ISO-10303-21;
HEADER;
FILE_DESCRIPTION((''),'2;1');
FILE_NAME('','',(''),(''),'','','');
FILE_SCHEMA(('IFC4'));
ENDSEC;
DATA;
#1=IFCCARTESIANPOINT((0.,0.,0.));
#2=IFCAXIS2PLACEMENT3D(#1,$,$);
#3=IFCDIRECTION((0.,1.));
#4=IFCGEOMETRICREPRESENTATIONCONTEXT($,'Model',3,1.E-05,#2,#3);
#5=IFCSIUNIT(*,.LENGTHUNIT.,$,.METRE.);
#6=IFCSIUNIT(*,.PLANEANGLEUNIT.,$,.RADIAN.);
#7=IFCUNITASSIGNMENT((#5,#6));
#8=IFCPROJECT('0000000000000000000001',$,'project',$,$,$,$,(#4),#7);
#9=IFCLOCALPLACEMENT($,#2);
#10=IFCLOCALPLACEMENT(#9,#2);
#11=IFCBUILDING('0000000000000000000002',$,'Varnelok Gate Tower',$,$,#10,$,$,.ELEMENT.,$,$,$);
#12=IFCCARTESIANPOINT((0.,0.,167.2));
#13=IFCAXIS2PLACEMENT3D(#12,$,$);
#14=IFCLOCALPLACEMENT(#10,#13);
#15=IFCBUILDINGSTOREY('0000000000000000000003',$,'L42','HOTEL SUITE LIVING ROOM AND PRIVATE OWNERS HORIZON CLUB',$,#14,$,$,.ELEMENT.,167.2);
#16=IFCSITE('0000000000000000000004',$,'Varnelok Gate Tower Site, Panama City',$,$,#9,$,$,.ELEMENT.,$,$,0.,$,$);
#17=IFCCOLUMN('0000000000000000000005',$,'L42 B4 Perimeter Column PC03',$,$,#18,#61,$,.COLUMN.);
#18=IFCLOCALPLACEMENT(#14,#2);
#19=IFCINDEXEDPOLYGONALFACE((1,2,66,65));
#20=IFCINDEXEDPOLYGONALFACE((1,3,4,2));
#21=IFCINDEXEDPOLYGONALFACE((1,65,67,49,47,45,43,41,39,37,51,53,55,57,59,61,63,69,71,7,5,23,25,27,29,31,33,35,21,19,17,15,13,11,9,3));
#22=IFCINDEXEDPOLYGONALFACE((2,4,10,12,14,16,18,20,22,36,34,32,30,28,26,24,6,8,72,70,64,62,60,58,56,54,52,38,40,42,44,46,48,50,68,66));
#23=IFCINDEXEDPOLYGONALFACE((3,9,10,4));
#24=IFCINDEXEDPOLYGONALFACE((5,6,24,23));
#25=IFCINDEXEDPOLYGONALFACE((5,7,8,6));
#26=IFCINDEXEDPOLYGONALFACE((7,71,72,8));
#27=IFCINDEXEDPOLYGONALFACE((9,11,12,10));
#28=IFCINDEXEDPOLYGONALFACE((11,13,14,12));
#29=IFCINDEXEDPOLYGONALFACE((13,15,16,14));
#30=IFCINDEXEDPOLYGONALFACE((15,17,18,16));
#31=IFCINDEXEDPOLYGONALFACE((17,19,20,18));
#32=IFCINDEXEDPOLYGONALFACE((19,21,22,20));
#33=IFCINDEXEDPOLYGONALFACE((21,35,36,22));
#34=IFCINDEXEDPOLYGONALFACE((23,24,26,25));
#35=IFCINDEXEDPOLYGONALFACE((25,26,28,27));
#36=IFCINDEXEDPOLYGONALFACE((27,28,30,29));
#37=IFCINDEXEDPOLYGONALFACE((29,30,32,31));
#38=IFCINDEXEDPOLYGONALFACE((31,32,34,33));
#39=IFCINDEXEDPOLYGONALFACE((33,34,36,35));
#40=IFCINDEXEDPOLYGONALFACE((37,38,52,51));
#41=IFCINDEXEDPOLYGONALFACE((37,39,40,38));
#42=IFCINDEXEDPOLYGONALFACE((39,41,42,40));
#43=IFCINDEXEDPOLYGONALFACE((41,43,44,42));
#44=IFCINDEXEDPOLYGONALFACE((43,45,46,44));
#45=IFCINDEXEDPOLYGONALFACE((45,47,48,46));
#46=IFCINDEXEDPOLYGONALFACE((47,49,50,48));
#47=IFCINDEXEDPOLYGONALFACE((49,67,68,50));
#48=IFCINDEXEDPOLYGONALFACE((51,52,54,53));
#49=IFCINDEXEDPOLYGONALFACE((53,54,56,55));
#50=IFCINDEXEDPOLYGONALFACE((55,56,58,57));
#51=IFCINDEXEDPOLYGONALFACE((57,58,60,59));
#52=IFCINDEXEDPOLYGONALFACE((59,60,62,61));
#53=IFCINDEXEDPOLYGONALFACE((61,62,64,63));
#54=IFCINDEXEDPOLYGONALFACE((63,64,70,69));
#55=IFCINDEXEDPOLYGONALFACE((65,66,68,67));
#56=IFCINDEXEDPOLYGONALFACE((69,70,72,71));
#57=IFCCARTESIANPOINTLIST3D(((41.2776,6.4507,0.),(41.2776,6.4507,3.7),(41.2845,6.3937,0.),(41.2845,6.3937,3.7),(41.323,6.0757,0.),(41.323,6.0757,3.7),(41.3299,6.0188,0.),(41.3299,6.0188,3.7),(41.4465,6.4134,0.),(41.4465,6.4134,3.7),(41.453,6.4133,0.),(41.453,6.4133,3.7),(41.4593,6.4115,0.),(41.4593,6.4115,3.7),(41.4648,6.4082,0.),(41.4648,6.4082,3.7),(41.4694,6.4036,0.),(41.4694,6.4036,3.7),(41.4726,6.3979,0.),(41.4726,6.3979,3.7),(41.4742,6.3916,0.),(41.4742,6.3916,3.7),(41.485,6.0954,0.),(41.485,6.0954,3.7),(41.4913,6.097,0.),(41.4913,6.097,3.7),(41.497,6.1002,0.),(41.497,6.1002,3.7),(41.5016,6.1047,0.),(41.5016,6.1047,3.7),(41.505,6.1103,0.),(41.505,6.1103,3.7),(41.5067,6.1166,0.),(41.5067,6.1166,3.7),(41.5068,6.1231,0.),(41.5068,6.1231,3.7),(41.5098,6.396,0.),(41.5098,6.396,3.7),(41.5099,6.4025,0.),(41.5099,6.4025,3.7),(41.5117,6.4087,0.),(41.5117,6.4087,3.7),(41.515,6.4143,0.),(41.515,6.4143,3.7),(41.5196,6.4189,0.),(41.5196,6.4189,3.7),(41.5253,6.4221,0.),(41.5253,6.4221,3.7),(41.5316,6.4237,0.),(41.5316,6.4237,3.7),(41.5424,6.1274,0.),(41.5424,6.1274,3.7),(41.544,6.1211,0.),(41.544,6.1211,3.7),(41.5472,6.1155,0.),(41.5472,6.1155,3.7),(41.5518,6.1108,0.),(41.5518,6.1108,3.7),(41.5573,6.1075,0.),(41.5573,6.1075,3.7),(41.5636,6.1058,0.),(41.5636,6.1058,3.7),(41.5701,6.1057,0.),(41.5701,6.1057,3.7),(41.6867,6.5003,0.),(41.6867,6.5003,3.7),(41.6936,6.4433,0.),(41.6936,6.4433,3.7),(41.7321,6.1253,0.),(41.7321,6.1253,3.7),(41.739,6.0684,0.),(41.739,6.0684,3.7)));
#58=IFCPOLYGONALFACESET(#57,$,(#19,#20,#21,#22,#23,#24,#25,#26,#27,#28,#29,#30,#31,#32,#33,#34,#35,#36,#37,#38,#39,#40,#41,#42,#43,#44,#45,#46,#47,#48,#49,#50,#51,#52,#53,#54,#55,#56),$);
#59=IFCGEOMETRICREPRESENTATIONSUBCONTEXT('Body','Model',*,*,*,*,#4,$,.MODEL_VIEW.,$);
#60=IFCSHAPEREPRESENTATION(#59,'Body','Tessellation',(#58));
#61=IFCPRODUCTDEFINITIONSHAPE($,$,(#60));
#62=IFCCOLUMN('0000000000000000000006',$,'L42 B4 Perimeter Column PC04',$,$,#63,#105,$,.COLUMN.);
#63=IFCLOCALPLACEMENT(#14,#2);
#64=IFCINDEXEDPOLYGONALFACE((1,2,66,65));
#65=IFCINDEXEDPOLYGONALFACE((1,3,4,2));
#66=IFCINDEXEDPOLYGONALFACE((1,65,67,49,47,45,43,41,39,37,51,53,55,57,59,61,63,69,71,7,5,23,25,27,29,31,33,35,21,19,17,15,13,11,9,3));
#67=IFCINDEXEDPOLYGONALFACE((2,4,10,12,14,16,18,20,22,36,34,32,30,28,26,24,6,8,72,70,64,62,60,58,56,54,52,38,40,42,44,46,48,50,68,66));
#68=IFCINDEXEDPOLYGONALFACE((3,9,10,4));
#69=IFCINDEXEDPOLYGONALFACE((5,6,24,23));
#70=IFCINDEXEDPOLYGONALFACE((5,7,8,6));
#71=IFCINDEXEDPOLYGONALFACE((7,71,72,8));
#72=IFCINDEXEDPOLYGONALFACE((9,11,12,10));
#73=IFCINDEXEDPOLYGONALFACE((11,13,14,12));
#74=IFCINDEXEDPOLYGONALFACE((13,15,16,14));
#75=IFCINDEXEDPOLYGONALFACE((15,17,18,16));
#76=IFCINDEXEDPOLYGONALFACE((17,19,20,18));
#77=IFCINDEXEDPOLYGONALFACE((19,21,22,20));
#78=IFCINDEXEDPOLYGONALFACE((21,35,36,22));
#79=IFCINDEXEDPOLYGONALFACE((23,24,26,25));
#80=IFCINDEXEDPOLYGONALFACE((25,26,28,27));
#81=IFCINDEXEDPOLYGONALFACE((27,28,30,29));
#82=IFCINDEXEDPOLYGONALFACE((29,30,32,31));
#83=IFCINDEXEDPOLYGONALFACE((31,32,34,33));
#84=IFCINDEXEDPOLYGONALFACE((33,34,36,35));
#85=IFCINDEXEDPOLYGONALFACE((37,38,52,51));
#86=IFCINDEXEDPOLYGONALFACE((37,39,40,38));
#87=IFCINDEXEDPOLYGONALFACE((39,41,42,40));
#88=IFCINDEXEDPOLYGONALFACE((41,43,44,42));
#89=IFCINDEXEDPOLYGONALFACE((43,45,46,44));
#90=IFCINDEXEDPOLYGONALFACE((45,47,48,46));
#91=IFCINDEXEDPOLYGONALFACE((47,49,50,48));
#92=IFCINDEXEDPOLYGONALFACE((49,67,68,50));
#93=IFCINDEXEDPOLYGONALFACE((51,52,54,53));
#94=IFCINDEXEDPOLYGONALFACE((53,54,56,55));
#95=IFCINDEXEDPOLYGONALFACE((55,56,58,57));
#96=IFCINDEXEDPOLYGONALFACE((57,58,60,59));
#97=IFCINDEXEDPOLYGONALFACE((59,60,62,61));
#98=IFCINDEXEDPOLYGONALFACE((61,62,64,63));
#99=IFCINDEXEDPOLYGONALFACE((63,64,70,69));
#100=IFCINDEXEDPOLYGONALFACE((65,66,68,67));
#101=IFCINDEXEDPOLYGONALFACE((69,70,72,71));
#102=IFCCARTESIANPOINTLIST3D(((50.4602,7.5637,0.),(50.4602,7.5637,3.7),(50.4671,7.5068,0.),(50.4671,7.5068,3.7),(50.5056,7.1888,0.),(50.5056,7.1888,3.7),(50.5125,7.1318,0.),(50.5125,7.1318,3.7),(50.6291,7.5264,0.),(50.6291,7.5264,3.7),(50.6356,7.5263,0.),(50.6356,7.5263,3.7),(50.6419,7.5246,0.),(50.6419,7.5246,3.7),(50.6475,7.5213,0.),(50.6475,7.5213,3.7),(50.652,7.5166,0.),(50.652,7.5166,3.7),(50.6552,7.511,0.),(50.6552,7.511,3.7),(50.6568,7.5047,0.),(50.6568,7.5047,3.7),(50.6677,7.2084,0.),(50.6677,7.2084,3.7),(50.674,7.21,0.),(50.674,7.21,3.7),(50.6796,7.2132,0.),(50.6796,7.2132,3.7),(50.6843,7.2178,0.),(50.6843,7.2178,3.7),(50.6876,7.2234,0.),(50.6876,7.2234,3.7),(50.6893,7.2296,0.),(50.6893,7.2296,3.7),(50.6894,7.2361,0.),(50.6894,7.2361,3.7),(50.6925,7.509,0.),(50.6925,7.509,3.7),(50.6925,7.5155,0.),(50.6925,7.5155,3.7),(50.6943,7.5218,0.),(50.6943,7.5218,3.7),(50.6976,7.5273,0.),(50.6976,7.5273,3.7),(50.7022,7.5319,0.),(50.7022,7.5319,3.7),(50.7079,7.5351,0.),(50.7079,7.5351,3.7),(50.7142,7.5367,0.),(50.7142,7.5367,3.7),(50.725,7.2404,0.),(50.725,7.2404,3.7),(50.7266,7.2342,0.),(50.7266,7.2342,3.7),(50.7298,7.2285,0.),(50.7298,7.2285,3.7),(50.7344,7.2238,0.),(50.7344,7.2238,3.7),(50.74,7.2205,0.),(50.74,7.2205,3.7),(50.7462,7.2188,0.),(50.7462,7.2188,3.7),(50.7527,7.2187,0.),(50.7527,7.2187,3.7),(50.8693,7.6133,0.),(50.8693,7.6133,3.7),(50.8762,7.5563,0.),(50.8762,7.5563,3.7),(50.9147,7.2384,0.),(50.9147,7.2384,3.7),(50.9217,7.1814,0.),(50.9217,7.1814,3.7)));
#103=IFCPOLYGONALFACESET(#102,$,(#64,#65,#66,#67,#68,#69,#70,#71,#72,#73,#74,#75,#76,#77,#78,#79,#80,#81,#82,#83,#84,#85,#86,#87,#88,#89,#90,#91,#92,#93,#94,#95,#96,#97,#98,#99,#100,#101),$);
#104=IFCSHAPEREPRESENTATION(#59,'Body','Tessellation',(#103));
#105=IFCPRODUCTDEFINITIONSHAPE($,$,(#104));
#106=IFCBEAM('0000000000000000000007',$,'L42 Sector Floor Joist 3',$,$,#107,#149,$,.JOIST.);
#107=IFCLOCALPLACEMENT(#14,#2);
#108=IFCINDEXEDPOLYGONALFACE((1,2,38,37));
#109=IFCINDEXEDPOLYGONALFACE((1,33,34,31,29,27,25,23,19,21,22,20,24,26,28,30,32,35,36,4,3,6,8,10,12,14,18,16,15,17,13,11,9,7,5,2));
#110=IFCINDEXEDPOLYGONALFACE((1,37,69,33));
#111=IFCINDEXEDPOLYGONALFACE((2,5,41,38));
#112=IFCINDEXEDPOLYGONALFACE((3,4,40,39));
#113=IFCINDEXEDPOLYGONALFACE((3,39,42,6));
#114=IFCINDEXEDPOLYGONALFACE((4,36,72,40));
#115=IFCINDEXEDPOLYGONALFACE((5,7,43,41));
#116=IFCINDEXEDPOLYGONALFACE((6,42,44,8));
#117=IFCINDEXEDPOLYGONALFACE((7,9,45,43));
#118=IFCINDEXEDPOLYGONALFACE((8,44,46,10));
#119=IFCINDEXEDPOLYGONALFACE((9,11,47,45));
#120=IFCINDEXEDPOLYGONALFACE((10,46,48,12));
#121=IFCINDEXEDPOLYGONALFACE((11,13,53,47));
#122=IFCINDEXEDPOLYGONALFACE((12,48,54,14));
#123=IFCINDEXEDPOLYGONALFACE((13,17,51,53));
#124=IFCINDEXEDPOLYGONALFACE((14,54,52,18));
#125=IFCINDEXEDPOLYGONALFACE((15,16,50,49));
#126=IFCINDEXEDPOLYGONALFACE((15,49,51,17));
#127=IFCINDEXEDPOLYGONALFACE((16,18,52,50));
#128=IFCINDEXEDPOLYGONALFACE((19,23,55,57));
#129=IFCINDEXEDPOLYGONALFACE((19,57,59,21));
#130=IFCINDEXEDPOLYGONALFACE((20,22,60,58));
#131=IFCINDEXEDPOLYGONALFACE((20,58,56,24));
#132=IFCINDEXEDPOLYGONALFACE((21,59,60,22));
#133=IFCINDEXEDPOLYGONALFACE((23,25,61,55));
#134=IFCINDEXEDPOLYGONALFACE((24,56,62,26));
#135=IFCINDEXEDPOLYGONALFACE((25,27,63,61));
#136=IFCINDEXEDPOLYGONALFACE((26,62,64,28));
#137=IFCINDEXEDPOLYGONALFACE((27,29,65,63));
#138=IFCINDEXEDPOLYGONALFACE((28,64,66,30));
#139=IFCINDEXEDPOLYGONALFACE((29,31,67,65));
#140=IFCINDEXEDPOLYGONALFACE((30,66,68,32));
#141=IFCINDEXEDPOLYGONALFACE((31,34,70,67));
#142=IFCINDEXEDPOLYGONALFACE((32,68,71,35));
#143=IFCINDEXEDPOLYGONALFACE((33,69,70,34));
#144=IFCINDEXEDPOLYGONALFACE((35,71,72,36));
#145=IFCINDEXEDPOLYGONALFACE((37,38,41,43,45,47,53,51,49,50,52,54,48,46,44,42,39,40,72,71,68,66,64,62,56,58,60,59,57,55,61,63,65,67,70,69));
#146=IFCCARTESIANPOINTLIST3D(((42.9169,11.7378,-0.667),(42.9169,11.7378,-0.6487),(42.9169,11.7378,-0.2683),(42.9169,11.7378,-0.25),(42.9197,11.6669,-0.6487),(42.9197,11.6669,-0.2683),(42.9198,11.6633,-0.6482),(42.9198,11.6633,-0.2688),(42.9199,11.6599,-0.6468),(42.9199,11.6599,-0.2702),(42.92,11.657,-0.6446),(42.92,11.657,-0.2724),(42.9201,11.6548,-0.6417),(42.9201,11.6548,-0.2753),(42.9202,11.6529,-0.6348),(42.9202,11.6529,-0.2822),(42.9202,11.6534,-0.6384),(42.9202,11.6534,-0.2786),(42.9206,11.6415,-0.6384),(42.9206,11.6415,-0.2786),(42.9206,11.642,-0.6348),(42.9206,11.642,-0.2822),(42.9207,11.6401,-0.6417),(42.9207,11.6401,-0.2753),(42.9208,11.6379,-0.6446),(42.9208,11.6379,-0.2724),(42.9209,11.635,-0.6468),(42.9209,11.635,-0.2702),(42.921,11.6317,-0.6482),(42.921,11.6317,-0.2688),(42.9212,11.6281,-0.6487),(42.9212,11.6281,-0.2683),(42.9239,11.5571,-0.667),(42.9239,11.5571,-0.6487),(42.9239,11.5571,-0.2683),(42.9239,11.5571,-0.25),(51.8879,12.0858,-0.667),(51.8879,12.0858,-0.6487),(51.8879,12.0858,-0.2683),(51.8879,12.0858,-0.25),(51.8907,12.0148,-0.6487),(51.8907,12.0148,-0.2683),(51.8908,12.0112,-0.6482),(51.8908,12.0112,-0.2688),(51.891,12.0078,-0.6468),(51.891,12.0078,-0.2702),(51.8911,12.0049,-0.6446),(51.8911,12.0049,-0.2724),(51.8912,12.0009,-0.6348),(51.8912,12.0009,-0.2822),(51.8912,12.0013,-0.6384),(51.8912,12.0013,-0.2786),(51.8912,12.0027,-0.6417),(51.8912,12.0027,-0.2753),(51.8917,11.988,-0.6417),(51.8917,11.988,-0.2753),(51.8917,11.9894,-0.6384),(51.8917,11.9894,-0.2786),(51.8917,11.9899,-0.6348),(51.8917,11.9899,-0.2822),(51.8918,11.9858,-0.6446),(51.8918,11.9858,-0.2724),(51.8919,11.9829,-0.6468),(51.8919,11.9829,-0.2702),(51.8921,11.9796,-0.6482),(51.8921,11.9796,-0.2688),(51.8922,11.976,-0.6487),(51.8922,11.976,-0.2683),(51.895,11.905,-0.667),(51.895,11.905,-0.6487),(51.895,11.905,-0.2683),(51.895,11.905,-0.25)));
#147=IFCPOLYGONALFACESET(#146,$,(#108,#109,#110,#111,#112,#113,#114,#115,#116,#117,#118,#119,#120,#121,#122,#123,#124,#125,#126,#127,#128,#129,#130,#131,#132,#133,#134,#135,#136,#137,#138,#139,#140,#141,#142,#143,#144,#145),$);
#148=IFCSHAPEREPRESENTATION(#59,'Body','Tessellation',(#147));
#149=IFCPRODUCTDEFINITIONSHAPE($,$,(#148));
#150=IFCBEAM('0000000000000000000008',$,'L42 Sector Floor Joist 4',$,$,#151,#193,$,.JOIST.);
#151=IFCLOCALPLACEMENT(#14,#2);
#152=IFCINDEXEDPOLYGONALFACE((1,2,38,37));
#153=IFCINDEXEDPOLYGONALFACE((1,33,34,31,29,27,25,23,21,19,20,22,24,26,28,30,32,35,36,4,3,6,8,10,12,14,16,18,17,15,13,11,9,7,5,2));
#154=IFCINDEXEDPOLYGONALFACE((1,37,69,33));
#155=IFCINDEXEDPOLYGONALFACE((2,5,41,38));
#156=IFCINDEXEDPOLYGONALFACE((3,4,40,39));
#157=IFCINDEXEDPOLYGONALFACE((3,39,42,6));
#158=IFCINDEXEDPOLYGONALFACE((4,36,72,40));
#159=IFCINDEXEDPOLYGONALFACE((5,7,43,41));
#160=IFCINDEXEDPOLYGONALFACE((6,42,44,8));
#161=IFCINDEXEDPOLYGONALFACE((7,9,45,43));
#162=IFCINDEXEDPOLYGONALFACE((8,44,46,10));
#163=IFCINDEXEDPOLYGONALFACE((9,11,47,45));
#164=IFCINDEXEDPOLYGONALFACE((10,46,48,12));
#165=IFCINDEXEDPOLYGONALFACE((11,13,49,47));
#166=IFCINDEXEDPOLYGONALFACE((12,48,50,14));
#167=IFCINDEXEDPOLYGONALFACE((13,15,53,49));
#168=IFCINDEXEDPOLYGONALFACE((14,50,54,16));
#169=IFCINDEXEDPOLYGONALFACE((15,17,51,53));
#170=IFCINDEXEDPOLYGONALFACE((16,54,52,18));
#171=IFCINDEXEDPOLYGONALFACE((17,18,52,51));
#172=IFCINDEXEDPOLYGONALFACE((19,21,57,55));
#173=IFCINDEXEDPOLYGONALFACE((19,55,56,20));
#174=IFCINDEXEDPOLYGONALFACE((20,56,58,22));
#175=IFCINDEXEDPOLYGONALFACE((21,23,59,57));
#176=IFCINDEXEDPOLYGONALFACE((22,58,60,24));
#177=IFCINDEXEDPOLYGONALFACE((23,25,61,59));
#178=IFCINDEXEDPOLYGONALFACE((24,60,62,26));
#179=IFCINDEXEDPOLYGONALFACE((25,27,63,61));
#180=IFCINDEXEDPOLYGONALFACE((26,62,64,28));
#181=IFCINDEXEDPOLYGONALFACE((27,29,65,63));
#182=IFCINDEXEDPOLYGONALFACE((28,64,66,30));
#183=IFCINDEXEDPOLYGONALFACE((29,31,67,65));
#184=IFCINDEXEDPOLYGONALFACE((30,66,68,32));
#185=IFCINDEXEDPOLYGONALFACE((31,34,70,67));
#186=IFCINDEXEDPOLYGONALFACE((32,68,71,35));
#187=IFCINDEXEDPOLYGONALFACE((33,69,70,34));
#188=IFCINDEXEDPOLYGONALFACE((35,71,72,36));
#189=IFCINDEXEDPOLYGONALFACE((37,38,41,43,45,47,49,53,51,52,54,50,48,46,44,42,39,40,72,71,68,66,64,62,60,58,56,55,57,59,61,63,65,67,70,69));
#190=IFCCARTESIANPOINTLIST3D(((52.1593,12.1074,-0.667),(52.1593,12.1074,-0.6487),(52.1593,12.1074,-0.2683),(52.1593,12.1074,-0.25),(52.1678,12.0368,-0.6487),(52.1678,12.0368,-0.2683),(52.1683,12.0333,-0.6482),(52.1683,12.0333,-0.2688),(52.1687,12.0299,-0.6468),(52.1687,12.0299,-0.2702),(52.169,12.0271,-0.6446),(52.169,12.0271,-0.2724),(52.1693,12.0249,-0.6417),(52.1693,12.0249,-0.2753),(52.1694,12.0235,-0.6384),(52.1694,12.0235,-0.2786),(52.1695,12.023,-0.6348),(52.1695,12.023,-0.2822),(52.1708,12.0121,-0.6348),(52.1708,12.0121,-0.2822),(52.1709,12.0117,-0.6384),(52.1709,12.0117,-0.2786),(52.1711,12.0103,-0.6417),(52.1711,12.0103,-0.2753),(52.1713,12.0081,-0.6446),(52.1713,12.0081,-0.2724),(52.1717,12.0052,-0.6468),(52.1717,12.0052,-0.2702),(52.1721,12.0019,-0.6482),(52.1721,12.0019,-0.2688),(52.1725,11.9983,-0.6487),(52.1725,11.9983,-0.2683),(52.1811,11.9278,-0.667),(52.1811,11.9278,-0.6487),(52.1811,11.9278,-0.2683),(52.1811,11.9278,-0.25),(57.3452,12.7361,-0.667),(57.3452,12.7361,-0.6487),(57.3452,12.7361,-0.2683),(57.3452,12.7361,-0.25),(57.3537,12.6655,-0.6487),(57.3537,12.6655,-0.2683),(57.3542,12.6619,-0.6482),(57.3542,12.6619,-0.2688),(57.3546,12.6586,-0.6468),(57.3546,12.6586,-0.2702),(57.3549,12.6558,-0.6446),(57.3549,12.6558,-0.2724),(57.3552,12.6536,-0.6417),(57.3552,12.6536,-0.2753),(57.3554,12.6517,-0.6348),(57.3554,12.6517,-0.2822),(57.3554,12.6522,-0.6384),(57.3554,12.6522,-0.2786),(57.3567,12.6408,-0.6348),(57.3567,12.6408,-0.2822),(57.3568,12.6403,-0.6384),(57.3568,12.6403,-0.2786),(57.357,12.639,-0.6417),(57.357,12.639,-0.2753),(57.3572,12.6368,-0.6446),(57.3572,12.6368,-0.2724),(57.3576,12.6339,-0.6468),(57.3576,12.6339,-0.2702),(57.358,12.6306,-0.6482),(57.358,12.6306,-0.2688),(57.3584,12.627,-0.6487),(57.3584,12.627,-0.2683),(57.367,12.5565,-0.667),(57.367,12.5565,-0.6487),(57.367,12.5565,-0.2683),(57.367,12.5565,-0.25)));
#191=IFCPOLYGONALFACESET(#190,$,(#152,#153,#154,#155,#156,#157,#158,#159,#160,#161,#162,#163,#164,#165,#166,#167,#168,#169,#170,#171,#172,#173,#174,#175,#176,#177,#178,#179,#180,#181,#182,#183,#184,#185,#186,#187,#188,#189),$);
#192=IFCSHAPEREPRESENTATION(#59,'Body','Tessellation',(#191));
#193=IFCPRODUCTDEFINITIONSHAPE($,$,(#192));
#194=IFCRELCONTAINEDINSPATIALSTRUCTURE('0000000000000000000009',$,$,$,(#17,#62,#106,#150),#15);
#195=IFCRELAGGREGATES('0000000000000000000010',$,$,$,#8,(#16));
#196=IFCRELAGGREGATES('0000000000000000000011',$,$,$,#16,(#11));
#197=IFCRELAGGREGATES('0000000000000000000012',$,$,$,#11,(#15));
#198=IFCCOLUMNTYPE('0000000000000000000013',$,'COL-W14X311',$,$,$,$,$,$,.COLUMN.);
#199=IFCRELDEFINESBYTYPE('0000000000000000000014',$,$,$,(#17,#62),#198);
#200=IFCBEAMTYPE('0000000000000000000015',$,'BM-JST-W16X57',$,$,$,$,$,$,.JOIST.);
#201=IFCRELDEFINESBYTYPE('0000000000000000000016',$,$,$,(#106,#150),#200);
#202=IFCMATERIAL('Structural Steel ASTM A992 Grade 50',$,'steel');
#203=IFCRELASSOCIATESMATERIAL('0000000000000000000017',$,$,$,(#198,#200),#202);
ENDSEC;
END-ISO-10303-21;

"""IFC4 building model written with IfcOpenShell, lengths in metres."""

from ifc_helpers import new_model, si_unit, direction, frame, origin, origin_2d, place, context, subcontext, project, spatial, i_section, extrude, material, material_profile, profile_set, type_object, element, save


model = new_model("IFC4")

# Units and contexts
model_context = context("Model", 3, precision=1e-05, world=origin(), true_north=direction((0.0, 1.0)))
body_context = subcontext(model_context, "Body", "Model", "MODEL_VIEW")
ifc_project = project(units=[si_unit("LENGTHUNIT", "METRE"), si_unit("PLANEANGLEUNIT", "RADIAN")], contexts=[model_context])

# Site, building, storey
site_placement = place(None, origin())
site = spatial("IfcSite", under=ifc_project, at=site_placement, Name="Varnelok Gate Tower Site, Panama City", CompositionType="ELEMENT", RefElevation=0.0)
building_placement = place(site_placement, origin())
building = spatial("IfcBuilding", under=site, at=building_placement, Name="Varnelok Gate Tower", CompositionType="ELEMENT")
storey_placement = place(building_placement, frame((0.0, 0.0, 167.2)))
storey = spatial("IfcBuildingStorey", under=building, at=storey_placement, Name="L42", Description="HOTEL SUITE LIVING ROOM AND PRIVATE OWNERS HORIZON CLUB", CompositionType="ELEMENT", Elevation=167.2)

# Columns
ifc_material_1 = material(Name="Structural Steel ASTM A992 Grade 50", Category="steel")
ifc_material_profile_1 = material_profile(ifc_material_1, i_section(OverallWidth=0.4121, OverallDepth=0.4351, WebThickness=0.0359, FlangeThickness=0.0574, FilletRadius=0.0249, at=origin_2d()), Name="W14X311")
ifc_profile_set_1 = profile_set([ifc_material_profile_1], Name="Structural Steel ASTM A992 Grade 50")
column_type = type_object("IfcColumnType", Name="COL-W14X311", PredefinedType="COLUMN", material=ifc_profile_set_1)
for number, where, z_axis, x_axis, name in (
    (1, (41.5083, 6.2595, 0.0), (0.0, 0.0, 1.0), (0.992732, 0.120345, 0.0), "L42 B4 Perimeter Column PC03"),
    (2, (50.6909, 7.3726, 0.0), (0.0, 0.0, 1.0), (0.992732, 0.120345, 0.0), "L42 B4 Perimeter Column PC04"),
):
    element("IfcColumn", number, at=place(storey_placement, frame(where, z_axis=z_axis, x_axis=x_axis)), inside=storey, type_object=column_type, Name=name, PredefinedType="COLUMN", context=body_context, shape_type="SweptSolid", body=[
        extrude(i_section(OverallWidth=0.4121, OverallDepth=0.4351, WebThickness=0.0359, FlangeThickness=0.0574, FilletRadius=0.0249, at=origin_2d()), origin(), (0.0, 0.0, 1.0), 3.7),
    ])

# Beams
ifc_material_profile_2 = material_profile(ifc_material_1, i_section(OverallWidth=0.1809, OverallDepth=0.417, WebThickness=0.011, FlangeThickness=0.0183, FilletRadius=0.0139, at=origin_2d()), Name="W16X57")
ifc_profile_set_2 = profile_set([ifc_material_profile_2], Name="Structural Steel ASTM A992 Grade 50")
beam_type_1 = type_object("IfcBeamType", Name="BM-JST-W16X57", PredefinedType="JOIST", material=ifc_profile_set_2)
beam_1_placement = place(storey_placement, frame((42.9204, 11.6475, -0.4585), z_axis=(0.999249, 0.038752, 0.0), x_axis=(-0.038752, 0.999249, 0.0)))
element("IfcBeam", 3, at=beam_1_placement, inside=storey, type_object=beam_type_1, Name="L42 Sector Floor Joist 3", PredefinedType="JOIST", context=body_context, shape_type="SweptSolid", body=[
    extrude(i_section(OverallWidth=0.1809, OverallDepth=0.417, WebThickness=0.011, FlangeThickness=0.0183, FilletRadius=0.0139, at=origin_2d()), origin(), (0.0, 0.0, 1.0), 8.9778),
])
beam_2_placement = place(storey_placement, frame((52.1702, 12.0176, -0.4585), z_axis=(0.992732, 0.120347, 0.0), x_axis=(-0.120347, 0.992732, 0.0)))
element("IfcBeam", 4, at=beam_2_placement, inside=storey, type_object=beam_type_1, Name="L42 Sector Floor Joist 4", PredefinedType="JOIST", context=body_context, shape_type="SweptSolid", body=[
    extrude(i_section(OverallWidth=0.1809, OverallDepth=0.417, WebThickness=0.011, FlangeThickness=0.0183, FilletRadius=0.0139, at=origin_2d()), origin(), (0.0, 0.0, 1.0), 5.2239),
])

save(model, "model.ifc")
